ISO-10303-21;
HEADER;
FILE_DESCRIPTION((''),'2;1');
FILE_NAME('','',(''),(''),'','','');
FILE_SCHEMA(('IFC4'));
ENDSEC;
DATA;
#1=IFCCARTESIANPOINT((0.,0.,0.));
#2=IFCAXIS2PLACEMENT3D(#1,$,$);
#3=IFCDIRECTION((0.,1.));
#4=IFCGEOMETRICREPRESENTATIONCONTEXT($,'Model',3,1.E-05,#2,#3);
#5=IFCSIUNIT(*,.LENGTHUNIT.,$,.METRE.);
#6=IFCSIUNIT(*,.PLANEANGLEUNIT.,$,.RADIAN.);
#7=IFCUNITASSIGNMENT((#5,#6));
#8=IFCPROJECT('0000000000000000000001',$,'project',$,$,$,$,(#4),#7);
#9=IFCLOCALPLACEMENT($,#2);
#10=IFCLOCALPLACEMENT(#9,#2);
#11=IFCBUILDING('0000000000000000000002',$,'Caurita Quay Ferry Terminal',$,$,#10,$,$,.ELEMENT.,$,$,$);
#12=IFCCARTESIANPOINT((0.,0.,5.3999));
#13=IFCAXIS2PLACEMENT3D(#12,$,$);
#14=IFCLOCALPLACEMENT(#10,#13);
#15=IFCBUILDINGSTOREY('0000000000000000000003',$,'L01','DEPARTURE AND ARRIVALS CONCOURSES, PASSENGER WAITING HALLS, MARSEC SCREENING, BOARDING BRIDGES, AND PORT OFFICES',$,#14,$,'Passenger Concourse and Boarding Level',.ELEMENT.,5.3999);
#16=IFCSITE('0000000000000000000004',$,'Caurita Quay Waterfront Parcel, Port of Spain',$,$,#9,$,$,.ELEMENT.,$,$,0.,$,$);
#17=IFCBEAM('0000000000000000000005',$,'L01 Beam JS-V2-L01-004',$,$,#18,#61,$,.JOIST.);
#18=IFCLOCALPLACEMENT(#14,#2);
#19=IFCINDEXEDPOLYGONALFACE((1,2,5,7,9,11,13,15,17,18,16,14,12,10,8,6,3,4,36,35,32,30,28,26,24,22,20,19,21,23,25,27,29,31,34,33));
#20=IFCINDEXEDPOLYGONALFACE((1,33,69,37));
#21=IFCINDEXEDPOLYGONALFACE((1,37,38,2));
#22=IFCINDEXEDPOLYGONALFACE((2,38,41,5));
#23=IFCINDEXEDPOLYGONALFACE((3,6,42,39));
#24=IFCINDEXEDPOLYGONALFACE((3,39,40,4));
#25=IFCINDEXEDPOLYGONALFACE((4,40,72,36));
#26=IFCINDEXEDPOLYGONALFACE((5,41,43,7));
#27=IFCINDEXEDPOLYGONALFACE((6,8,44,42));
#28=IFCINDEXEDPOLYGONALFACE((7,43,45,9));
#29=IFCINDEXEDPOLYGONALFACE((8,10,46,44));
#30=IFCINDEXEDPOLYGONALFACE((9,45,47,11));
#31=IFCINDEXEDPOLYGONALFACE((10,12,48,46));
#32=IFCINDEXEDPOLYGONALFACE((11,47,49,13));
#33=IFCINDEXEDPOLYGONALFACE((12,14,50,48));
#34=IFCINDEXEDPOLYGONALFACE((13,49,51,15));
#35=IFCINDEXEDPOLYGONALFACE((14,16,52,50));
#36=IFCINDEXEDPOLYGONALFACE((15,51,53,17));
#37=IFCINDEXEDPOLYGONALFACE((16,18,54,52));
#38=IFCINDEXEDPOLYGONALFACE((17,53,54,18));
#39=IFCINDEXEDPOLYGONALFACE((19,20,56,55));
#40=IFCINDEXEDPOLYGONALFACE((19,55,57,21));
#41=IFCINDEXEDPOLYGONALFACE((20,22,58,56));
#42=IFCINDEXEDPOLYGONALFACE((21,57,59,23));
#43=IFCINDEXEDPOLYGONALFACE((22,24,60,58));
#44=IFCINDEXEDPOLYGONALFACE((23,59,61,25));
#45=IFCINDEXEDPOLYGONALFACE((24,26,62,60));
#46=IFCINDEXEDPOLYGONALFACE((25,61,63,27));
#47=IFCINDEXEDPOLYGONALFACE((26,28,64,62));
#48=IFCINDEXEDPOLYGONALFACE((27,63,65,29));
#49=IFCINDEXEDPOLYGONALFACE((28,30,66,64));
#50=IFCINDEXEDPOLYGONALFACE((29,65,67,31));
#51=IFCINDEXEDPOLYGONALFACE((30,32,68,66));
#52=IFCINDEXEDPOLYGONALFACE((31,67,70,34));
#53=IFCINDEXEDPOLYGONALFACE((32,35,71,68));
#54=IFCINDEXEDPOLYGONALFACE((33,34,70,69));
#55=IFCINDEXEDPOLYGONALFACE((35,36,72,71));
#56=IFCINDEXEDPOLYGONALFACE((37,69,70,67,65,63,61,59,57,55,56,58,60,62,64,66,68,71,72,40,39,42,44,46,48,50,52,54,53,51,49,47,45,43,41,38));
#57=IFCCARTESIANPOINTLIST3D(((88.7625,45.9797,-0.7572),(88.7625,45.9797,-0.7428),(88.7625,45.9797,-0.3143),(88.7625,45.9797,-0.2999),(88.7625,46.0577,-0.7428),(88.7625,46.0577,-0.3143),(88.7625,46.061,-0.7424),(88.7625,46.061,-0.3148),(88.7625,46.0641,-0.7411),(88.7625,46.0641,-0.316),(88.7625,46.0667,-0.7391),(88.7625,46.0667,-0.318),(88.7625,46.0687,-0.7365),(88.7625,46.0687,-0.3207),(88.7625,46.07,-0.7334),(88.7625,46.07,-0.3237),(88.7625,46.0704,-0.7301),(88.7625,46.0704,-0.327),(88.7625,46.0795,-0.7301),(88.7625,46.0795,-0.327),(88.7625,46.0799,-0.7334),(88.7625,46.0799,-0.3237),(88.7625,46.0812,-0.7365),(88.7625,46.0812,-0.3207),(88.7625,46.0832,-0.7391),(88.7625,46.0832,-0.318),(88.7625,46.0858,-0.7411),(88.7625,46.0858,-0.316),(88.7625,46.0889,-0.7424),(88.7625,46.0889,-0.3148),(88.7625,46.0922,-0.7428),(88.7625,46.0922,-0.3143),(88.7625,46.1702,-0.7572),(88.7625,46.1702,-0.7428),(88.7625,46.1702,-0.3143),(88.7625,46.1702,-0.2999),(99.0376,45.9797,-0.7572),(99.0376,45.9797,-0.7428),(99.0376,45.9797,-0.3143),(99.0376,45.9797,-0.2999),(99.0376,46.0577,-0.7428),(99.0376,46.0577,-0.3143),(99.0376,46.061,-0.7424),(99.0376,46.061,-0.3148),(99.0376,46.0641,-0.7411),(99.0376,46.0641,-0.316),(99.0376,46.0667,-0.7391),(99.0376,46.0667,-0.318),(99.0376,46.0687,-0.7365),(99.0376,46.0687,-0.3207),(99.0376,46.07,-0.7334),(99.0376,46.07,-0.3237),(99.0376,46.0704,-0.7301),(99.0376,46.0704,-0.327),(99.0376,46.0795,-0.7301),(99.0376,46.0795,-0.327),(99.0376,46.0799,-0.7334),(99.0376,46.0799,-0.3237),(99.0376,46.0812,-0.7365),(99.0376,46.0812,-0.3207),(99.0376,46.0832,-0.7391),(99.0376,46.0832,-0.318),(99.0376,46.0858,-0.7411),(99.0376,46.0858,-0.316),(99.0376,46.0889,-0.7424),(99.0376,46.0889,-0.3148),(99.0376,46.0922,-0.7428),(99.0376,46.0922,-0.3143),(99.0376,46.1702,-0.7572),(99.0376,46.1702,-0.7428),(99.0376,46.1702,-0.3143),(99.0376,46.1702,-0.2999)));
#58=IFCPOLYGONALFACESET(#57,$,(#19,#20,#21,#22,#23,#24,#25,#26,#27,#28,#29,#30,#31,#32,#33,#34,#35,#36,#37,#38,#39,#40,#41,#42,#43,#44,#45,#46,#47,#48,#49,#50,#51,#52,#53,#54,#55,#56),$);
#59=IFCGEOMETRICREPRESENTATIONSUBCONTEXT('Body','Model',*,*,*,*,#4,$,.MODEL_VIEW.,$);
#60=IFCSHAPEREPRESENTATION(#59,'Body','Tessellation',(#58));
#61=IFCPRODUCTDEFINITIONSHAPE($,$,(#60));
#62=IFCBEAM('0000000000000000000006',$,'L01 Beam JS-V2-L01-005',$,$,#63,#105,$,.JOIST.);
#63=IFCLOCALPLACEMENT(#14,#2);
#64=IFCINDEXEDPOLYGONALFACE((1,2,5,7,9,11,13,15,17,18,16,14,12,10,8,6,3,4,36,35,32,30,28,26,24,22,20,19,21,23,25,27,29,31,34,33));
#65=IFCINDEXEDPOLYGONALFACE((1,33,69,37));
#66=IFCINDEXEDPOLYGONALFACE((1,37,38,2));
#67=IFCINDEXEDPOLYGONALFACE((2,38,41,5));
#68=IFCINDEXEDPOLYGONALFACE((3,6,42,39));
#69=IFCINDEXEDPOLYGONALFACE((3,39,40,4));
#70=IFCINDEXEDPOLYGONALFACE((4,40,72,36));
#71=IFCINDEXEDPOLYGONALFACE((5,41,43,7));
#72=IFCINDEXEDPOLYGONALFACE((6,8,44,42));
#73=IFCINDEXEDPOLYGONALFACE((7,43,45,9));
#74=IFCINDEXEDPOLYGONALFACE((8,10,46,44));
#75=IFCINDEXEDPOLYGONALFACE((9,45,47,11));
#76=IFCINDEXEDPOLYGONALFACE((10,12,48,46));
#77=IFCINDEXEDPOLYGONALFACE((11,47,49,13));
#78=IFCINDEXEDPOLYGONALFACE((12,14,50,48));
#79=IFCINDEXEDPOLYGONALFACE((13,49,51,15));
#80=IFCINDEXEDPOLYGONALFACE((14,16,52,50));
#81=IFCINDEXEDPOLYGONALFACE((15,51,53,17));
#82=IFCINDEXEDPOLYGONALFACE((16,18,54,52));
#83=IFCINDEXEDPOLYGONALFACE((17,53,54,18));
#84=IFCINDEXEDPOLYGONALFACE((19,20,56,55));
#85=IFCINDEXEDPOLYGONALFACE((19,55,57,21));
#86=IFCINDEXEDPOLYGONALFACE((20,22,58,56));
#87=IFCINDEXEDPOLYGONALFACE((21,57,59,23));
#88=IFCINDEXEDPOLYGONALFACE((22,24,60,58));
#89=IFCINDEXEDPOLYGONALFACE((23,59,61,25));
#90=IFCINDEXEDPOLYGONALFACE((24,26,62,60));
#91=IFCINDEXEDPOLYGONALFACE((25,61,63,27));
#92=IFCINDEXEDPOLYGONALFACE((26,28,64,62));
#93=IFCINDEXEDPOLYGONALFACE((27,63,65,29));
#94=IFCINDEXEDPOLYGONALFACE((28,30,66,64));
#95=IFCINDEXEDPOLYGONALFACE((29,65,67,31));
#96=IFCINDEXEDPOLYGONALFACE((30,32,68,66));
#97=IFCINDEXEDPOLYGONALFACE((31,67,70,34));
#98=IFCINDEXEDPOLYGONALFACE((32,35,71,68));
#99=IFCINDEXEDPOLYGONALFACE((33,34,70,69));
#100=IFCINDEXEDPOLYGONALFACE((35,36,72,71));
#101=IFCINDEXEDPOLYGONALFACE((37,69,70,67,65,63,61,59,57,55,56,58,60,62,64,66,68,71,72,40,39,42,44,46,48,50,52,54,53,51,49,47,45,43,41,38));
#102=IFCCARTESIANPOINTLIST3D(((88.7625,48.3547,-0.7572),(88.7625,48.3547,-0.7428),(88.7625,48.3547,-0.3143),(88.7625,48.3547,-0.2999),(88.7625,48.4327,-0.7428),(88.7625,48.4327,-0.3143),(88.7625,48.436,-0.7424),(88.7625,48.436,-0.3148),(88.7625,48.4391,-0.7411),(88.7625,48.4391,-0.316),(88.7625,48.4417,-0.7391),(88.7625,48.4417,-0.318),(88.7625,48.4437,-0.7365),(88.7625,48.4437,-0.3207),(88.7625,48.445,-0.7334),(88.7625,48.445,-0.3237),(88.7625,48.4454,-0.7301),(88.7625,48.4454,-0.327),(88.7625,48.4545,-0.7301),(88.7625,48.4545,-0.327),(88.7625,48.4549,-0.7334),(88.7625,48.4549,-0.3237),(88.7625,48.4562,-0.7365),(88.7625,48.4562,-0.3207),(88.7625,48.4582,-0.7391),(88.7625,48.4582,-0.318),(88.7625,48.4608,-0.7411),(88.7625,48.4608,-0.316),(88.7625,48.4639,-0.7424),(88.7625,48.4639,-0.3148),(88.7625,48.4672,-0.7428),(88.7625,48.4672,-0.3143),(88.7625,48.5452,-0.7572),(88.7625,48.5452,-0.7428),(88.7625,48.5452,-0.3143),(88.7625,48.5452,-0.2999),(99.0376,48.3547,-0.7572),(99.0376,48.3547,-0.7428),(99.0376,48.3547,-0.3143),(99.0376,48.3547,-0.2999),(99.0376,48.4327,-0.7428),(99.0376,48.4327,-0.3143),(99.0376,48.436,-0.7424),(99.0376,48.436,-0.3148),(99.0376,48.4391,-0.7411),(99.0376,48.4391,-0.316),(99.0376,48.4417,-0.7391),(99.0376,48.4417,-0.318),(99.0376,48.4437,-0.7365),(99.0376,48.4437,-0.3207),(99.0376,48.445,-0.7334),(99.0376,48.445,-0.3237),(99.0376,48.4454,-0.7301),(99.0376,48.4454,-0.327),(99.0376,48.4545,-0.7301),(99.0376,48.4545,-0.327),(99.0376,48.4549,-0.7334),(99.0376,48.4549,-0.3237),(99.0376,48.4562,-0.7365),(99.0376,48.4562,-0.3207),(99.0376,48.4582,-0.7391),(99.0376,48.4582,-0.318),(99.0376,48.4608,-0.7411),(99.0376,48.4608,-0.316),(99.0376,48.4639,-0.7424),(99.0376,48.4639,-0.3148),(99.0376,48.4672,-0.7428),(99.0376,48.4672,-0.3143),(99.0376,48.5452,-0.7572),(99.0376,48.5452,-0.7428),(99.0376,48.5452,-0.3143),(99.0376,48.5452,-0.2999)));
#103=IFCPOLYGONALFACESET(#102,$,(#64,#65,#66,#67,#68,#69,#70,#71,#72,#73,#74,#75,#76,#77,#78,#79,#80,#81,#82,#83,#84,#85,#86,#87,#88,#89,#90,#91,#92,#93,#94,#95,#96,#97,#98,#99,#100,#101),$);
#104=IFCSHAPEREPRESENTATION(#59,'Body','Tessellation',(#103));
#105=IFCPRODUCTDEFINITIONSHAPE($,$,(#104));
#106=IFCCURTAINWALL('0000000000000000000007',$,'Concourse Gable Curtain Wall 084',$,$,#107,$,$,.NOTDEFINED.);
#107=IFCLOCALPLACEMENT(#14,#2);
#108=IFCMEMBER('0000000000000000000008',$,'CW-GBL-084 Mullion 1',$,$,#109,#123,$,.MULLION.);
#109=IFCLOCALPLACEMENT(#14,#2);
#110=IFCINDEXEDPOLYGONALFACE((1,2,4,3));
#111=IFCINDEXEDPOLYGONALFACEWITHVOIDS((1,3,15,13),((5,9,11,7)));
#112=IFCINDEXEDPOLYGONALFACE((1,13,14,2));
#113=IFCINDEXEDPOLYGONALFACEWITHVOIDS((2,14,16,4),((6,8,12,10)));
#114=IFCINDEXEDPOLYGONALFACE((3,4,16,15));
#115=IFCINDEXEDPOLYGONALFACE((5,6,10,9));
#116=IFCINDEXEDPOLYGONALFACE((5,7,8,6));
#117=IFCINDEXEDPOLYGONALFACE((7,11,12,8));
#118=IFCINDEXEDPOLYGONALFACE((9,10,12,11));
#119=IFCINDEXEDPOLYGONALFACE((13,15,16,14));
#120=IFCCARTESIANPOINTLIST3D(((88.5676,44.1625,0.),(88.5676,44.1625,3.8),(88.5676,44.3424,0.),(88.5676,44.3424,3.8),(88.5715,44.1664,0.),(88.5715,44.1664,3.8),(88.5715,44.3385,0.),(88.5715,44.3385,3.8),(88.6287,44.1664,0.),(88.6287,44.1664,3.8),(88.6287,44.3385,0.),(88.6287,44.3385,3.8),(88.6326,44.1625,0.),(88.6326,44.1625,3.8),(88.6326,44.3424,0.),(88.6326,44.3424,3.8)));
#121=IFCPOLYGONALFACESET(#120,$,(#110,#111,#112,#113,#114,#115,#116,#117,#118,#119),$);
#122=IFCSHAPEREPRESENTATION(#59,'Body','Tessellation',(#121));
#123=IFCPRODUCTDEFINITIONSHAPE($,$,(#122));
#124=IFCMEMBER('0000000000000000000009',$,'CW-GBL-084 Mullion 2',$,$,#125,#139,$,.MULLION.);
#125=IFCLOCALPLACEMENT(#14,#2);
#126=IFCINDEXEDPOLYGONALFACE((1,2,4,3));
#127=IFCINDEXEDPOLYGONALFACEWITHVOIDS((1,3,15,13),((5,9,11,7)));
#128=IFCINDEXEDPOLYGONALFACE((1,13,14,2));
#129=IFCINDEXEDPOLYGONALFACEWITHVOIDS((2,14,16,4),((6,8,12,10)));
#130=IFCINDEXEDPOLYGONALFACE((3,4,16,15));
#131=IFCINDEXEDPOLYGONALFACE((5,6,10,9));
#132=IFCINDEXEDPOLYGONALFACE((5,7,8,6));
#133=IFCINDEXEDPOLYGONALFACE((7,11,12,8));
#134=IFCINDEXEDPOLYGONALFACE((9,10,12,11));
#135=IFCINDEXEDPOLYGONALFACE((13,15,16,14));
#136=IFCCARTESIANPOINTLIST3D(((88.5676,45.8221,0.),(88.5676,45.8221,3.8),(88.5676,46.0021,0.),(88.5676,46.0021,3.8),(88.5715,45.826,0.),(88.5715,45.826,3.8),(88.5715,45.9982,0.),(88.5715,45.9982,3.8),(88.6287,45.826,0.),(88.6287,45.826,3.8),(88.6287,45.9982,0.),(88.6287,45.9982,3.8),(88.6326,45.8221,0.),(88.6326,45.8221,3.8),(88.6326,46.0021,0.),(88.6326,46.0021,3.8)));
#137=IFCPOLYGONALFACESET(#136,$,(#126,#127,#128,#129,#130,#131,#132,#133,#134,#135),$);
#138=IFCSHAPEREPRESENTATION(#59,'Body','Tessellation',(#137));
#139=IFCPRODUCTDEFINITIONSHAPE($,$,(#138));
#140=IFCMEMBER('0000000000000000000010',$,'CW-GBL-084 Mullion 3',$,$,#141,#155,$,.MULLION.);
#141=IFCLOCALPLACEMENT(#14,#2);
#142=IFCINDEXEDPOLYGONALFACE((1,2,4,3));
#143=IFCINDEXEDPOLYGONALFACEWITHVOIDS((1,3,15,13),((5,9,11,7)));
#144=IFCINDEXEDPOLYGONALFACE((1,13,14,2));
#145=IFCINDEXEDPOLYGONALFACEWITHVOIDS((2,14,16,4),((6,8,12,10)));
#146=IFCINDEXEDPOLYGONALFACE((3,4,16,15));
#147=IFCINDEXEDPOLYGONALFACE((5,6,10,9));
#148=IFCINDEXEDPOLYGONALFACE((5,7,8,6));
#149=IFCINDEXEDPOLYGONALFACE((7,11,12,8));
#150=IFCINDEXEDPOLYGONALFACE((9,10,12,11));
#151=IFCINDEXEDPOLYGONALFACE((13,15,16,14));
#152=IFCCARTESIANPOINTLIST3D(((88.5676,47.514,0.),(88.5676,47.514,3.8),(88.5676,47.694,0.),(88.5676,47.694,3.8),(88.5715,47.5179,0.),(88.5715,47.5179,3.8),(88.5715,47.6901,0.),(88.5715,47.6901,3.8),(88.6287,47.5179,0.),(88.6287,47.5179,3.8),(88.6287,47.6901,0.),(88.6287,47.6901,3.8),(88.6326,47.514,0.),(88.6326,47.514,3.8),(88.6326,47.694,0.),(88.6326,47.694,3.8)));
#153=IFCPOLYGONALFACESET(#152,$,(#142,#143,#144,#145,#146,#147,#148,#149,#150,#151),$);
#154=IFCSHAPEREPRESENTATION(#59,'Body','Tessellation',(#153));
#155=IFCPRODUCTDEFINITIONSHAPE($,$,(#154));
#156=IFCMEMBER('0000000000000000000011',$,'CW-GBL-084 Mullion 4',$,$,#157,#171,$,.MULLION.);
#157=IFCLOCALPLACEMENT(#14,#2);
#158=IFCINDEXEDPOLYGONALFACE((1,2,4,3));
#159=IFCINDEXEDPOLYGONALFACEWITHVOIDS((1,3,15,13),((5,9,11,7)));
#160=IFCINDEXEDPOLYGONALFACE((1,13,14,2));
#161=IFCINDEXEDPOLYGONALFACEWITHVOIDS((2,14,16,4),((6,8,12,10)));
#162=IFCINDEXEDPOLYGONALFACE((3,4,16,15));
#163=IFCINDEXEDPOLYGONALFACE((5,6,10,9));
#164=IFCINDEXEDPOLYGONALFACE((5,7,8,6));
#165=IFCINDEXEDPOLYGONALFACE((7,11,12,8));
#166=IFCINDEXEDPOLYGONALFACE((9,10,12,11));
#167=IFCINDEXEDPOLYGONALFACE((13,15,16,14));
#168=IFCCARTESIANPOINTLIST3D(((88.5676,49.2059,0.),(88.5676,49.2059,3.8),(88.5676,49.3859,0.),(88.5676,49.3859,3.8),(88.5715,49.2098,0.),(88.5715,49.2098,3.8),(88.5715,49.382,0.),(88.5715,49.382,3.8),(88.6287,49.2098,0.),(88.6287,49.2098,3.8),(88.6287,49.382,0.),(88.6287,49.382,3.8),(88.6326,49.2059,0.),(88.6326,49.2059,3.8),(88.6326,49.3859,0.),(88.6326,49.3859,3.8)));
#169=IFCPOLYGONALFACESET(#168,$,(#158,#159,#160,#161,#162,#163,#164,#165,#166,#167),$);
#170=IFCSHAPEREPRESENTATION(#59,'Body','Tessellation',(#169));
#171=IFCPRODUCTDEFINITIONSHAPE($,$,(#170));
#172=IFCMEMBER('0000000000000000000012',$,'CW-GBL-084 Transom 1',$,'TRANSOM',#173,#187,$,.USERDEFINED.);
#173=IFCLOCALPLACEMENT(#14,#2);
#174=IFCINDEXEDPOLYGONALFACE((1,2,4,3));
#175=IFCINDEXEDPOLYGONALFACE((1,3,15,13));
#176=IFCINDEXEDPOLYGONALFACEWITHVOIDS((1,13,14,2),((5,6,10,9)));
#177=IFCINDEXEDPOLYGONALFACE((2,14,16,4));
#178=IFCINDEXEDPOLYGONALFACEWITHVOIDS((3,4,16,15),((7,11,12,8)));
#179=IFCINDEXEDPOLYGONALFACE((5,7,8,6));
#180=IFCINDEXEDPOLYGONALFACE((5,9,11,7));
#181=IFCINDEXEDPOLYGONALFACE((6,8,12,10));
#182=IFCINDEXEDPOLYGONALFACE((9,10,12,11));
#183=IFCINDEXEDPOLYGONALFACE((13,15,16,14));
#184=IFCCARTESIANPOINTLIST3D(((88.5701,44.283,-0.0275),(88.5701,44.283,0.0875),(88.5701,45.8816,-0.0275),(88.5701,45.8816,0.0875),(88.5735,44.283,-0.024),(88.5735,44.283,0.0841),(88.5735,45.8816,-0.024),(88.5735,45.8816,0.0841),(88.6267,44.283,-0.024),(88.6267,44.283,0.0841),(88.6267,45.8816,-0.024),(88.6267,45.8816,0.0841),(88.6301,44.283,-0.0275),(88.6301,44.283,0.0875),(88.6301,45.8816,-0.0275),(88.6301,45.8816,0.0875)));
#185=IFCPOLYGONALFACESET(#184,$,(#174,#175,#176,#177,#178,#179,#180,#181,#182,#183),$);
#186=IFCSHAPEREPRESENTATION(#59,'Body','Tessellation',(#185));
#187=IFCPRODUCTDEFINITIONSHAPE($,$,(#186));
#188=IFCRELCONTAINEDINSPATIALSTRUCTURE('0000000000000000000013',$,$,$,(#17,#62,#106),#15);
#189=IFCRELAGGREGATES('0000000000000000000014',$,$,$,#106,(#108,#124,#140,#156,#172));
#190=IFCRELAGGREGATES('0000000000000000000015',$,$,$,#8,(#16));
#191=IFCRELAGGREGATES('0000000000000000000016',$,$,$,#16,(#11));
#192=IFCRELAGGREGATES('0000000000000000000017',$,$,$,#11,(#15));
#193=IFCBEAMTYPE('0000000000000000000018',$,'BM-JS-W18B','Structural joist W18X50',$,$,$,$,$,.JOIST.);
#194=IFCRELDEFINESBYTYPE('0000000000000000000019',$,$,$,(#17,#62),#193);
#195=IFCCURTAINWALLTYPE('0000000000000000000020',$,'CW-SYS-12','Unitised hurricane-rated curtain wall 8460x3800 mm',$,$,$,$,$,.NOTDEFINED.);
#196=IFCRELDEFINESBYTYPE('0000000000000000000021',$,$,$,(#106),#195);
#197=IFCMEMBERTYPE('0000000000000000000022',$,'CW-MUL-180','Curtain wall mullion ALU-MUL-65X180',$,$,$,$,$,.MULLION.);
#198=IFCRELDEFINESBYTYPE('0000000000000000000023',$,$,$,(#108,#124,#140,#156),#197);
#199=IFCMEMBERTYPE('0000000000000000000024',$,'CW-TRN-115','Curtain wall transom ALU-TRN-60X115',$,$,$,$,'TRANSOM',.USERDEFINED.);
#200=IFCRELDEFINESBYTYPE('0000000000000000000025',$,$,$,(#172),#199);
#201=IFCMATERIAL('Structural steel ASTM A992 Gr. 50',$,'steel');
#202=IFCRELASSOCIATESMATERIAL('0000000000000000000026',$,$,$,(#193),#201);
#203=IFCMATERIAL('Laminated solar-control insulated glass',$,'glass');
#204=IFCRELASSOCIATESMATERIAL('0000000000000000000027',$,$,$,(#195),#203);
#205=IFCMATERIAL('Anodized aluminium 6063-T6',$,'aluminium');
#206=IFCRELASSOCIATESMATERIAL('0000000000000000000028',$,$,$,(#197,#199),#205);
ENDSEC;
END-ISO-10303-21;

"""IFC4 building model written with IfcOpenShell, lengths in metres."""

from ifc_helpers import new_model, si_unit, direction, frame, origin, origin_2d, place, context, subcontext, project, spatial, hollow_rectangle, i_section, extrude, material, material_profile, profile_set, type_object, element, aggregate, save


model = new_model("IFC4")

# Units and contexts
model_context = context("Model", 3, precision=1e-05, world=origin(), true_north=direction((0.0, 1.0)))
body_context = subcontext(model_context, "Body", "Model", "MODEL_VIEW")
ifc_project = project(units=[si_unit("LENGTHUNIT", "METRE"), si_unit("PLANEANGLEUNIT", "RADIAN")], contexts=[model_context])

# Site, building, storey
site_placement = place(None, origin())
site = spatial("IfcSite", under=ifc_project, at=site_placement, Name="Caurita Quay Waterfront Parcel, Port of Spain", CompositionType="ELEMENT", RefElevation=0.0)
building_placement = place(site_placement, origin())
building = spatial("IfcBuilding", under=site, at=building_placement, Name="Caurita Quay Ferry Terminal", CompositionType="ELEMENT")
storey_placement = place(building_placement, frame((0.0, 0.0, 5.3999)))
storey = spatial("IfcBuildingStorey", under=building, at=storey_placement, Name="L01", Description="DEPARTURE AND ARRIVALS CONCOURSES, PASSENGER WAITING HALLS, MARSEC SCREENING, BOARDING BRIDGES, AND PORT OFFICES", LongName="Passenger Concourse and Boarding Level", CompositionType="ELEMENT", Elevation=5.3999)

# Shared definitions
ifc_material_1 = material(Name="Structural steel ASTM A992 Gr. 50", Category="steel")

# Beams
ifc_material_profile_1 = material_profile(ifc_material_1, i_section(OverallWidth=0.1904, OverallDepth=0.4573, WebThickness=0.009, FlangeThickness=0.0144, FilletRadius=0.0127, at=origin_2d()), Name="W18X50")
ifc_profile_set_1 = profile_set([ifc_material_profile_1], Name="Structural steel ASTM A992 Gr. 50")
beam_type_1 = type_object("IfcBeamType", Name="BM-JS-W18B", Description="Structural joist W18X50", PredefinedType="JOIST", material=ifc_profile_set_1)
for number, where, z_axis, x_axis, name in (
    (1, (88.7625, 46.075, -0.5286), (1.0, 0.0, 0.0), (0.0, 1.0, 0.0), "L01 Beam JS-V2-L01-004"),
    (2, (88.7625, 48.45, -0.5286), (1.0, 0.0, 0.0), (0.0, 1.0, 0.0), "L01 Beam JS-V2-L01-005"),
):
    element("IfcBeam", number, at=place(storey_placement, frame(where, z_axis=z_axis, x_axis=x_axis)), inside=storey, type_object=beam_type_1, Name=name, PredefinedType="JOIST", context=body_context, shape_type="SweptSolid", body=[
        extrude(i_section(OverallWidth=0.1904, OverallDepth=0.4573, WebThickness=0.009, FlangeThickness=0.0144, FilletRadius=0.0127, at=origin_2d()), origin(), (0.0, 0.0, 1.0), 10.2751),
    ])

# Curtain wall, members
ifc_material_2 = material(Name="Laminated solar-control insulated glass", Category="glass")
curtain_wall_type = type_object("IfcCurtainWallType", Name="CW-SYS-12", Description="Unitised hurricane-rated curtain wall 8460x3800 mm", PredefinedType="NOTDEFINED", material=ifc_material_2)
curtain_wall_placement = place(storey_placement, origin())
curtain_wall = element("IfcCurtainWall", 3, at=curtain_wall_placement, inside=storey, type_object=curtain_wall_type, Name="Concourse Gable Curtain Wall 084", PredefinedType="NOTDEFINED")
ifc_material_3 = material(Name="Anodized aluminium 6063-T6", Category="aluminium")
ifc_material_profile_2 = material_profile(ifc_material_3, hollow_rectangle(XDim=0.0649, YDim=0.1799, WallThickness=0.0039, at=origin_2d()), Name="ALU-MUL-65X180")
ifc_profile_set_2 = profile_set([ifc_material_profile_2], Name="Anodized aluminium 6063-T6")
member_type_1 = type_object("IfcMemberType", Name="CW-MUL-180", Description="Curtain wall mullion ALU-MUL-65X180", PredefinedType="MULLION", material=ifc_profile_set_2)
member_1_placement = place(storey_placement, frame((88.6001, 44.2524, 0.0), z_axis=(0.0, 0.0, 1.0), x_axis=(-1.0, 0.0, 0.0)))
member_1 = element("IfcMember", 4, at=member_1_placement, type_object=member_type_1, Name="CW-GBL-084 Mullion 1", PredefinedType="MULLION", context=body_context, shape_type="SweptSolid", body=[
    extrude(hollow_rectangle(XDim=0.0649, YDim=0.1799, WallThickness=0.0039, at=origin_2d()), origin(), (0.0, 0.0, 1.0), 3.8),
])
member_2_placement = place(storey_placement, frame((88.6001, 45.9121, 0.0), z_axis=(0.0, 0.0, 1.0), x_axis=(-1.0, 0.0, 0.0)))
member_2 = element("IfcMember", 5, at=member_2_placement, type_object=member_type_1, Name="CW-GBL-084 Mullion 2", PredefinedType="MULLION", context=body_context, shape_type="SweptSolid", body=[
    extrude(hollow_rectangle(XDim=0.0649, YDim=0.1799, WallThickness=0.0039, at=origin_2d()), origin(), (0.0, 0.0, 1.0), 3.8),
])
member_3_placement = place(storey_placement, frame((88.6001, 47.604, 0.0), z_axis=(0.0, 0.0, 1.0), x_axis=(-1.0, 0.0, 0.0)))
member_3 = element("IfcMember", 6, at=member_3_placement, type_object=member_type_1, Name="CW-GBL-084 Mullion 3", PredefinedType="MULLION", context=body_context, shape_type="SweptSolid", body=[
    extrude(hollow_rectangle(XDim=0.0649, YDim=0.1799, WallThickness=0.0039, at=origin_2d()), origin(), (0.0, 0.0, 1.0), 3.8),
])
member_4_placement = place(storey_placement, frame((88.6001, 49.2959, 0.0), z_axis=(0.0, 0.0, 1.0), x_axis=(-1.0, 0.0, 0.0)))
member_4 = element("IfcMember", 7, at=member_4_placement, type_object=member_type_1, Name="CW-GBL-084 Mullion 4", PredefinedType="MULLION", context=body_context, shape_type="SweptSolid", body=[
    extrude(hollow_rectangle(XDim=0.0649, YDim=0.1799, WallThickness=0.0039, at=origin_2d()), origin(), (0.0, 0.0, 1.0), 3.8),
])
ifc_material_profile_3 = material_profile(ifc_material_3, hollow_rectangle(XDim=0.0601, YDim=0.115, WallThickness=0.0034, at=origin_2d()), Name="ALU-TRN-60X115")
ifc_profile_set_3 = profile_set([ifc_material_profile_3], Name="Anodized aluminium 6063-T6")
member_type_2 = type_object("IfcMemberType", Name="CW-TRN-115", Description="Curtain wall transom ALU-TRN-60X115", ElementType="TRANSOM", PredefinedType="USERDEFINED", material=ifc_profile_set_3)
member_5_placement = place(storey_placement, frame((88.6001, 44.283, 0.03), z_axis=(0.0, 1.0, 0.0), x_axis=(-1.0, 0.0, 0.0)))
member_5 = element("IfcMember", 8, at=member_5_placement, type_object=member_type_2, Name="CW-GBL-084 Transom 1", ObjectType="TRANSOM", PredefinedType="USERDEFINED", context=body_context, shape_type="SweptSolid", body=[
    extrude(hollow_rectangle(XDim=0.0601, YDim=0.115, WallThickness=0.0034, at=origin_2d()), origin(), (0.0, 0.0, 1.0), 1.5986),
])
aggregate(curtain_wall, [member_1, member_2, member_3, member_4, member_5])

save(model, "model.ifc")
